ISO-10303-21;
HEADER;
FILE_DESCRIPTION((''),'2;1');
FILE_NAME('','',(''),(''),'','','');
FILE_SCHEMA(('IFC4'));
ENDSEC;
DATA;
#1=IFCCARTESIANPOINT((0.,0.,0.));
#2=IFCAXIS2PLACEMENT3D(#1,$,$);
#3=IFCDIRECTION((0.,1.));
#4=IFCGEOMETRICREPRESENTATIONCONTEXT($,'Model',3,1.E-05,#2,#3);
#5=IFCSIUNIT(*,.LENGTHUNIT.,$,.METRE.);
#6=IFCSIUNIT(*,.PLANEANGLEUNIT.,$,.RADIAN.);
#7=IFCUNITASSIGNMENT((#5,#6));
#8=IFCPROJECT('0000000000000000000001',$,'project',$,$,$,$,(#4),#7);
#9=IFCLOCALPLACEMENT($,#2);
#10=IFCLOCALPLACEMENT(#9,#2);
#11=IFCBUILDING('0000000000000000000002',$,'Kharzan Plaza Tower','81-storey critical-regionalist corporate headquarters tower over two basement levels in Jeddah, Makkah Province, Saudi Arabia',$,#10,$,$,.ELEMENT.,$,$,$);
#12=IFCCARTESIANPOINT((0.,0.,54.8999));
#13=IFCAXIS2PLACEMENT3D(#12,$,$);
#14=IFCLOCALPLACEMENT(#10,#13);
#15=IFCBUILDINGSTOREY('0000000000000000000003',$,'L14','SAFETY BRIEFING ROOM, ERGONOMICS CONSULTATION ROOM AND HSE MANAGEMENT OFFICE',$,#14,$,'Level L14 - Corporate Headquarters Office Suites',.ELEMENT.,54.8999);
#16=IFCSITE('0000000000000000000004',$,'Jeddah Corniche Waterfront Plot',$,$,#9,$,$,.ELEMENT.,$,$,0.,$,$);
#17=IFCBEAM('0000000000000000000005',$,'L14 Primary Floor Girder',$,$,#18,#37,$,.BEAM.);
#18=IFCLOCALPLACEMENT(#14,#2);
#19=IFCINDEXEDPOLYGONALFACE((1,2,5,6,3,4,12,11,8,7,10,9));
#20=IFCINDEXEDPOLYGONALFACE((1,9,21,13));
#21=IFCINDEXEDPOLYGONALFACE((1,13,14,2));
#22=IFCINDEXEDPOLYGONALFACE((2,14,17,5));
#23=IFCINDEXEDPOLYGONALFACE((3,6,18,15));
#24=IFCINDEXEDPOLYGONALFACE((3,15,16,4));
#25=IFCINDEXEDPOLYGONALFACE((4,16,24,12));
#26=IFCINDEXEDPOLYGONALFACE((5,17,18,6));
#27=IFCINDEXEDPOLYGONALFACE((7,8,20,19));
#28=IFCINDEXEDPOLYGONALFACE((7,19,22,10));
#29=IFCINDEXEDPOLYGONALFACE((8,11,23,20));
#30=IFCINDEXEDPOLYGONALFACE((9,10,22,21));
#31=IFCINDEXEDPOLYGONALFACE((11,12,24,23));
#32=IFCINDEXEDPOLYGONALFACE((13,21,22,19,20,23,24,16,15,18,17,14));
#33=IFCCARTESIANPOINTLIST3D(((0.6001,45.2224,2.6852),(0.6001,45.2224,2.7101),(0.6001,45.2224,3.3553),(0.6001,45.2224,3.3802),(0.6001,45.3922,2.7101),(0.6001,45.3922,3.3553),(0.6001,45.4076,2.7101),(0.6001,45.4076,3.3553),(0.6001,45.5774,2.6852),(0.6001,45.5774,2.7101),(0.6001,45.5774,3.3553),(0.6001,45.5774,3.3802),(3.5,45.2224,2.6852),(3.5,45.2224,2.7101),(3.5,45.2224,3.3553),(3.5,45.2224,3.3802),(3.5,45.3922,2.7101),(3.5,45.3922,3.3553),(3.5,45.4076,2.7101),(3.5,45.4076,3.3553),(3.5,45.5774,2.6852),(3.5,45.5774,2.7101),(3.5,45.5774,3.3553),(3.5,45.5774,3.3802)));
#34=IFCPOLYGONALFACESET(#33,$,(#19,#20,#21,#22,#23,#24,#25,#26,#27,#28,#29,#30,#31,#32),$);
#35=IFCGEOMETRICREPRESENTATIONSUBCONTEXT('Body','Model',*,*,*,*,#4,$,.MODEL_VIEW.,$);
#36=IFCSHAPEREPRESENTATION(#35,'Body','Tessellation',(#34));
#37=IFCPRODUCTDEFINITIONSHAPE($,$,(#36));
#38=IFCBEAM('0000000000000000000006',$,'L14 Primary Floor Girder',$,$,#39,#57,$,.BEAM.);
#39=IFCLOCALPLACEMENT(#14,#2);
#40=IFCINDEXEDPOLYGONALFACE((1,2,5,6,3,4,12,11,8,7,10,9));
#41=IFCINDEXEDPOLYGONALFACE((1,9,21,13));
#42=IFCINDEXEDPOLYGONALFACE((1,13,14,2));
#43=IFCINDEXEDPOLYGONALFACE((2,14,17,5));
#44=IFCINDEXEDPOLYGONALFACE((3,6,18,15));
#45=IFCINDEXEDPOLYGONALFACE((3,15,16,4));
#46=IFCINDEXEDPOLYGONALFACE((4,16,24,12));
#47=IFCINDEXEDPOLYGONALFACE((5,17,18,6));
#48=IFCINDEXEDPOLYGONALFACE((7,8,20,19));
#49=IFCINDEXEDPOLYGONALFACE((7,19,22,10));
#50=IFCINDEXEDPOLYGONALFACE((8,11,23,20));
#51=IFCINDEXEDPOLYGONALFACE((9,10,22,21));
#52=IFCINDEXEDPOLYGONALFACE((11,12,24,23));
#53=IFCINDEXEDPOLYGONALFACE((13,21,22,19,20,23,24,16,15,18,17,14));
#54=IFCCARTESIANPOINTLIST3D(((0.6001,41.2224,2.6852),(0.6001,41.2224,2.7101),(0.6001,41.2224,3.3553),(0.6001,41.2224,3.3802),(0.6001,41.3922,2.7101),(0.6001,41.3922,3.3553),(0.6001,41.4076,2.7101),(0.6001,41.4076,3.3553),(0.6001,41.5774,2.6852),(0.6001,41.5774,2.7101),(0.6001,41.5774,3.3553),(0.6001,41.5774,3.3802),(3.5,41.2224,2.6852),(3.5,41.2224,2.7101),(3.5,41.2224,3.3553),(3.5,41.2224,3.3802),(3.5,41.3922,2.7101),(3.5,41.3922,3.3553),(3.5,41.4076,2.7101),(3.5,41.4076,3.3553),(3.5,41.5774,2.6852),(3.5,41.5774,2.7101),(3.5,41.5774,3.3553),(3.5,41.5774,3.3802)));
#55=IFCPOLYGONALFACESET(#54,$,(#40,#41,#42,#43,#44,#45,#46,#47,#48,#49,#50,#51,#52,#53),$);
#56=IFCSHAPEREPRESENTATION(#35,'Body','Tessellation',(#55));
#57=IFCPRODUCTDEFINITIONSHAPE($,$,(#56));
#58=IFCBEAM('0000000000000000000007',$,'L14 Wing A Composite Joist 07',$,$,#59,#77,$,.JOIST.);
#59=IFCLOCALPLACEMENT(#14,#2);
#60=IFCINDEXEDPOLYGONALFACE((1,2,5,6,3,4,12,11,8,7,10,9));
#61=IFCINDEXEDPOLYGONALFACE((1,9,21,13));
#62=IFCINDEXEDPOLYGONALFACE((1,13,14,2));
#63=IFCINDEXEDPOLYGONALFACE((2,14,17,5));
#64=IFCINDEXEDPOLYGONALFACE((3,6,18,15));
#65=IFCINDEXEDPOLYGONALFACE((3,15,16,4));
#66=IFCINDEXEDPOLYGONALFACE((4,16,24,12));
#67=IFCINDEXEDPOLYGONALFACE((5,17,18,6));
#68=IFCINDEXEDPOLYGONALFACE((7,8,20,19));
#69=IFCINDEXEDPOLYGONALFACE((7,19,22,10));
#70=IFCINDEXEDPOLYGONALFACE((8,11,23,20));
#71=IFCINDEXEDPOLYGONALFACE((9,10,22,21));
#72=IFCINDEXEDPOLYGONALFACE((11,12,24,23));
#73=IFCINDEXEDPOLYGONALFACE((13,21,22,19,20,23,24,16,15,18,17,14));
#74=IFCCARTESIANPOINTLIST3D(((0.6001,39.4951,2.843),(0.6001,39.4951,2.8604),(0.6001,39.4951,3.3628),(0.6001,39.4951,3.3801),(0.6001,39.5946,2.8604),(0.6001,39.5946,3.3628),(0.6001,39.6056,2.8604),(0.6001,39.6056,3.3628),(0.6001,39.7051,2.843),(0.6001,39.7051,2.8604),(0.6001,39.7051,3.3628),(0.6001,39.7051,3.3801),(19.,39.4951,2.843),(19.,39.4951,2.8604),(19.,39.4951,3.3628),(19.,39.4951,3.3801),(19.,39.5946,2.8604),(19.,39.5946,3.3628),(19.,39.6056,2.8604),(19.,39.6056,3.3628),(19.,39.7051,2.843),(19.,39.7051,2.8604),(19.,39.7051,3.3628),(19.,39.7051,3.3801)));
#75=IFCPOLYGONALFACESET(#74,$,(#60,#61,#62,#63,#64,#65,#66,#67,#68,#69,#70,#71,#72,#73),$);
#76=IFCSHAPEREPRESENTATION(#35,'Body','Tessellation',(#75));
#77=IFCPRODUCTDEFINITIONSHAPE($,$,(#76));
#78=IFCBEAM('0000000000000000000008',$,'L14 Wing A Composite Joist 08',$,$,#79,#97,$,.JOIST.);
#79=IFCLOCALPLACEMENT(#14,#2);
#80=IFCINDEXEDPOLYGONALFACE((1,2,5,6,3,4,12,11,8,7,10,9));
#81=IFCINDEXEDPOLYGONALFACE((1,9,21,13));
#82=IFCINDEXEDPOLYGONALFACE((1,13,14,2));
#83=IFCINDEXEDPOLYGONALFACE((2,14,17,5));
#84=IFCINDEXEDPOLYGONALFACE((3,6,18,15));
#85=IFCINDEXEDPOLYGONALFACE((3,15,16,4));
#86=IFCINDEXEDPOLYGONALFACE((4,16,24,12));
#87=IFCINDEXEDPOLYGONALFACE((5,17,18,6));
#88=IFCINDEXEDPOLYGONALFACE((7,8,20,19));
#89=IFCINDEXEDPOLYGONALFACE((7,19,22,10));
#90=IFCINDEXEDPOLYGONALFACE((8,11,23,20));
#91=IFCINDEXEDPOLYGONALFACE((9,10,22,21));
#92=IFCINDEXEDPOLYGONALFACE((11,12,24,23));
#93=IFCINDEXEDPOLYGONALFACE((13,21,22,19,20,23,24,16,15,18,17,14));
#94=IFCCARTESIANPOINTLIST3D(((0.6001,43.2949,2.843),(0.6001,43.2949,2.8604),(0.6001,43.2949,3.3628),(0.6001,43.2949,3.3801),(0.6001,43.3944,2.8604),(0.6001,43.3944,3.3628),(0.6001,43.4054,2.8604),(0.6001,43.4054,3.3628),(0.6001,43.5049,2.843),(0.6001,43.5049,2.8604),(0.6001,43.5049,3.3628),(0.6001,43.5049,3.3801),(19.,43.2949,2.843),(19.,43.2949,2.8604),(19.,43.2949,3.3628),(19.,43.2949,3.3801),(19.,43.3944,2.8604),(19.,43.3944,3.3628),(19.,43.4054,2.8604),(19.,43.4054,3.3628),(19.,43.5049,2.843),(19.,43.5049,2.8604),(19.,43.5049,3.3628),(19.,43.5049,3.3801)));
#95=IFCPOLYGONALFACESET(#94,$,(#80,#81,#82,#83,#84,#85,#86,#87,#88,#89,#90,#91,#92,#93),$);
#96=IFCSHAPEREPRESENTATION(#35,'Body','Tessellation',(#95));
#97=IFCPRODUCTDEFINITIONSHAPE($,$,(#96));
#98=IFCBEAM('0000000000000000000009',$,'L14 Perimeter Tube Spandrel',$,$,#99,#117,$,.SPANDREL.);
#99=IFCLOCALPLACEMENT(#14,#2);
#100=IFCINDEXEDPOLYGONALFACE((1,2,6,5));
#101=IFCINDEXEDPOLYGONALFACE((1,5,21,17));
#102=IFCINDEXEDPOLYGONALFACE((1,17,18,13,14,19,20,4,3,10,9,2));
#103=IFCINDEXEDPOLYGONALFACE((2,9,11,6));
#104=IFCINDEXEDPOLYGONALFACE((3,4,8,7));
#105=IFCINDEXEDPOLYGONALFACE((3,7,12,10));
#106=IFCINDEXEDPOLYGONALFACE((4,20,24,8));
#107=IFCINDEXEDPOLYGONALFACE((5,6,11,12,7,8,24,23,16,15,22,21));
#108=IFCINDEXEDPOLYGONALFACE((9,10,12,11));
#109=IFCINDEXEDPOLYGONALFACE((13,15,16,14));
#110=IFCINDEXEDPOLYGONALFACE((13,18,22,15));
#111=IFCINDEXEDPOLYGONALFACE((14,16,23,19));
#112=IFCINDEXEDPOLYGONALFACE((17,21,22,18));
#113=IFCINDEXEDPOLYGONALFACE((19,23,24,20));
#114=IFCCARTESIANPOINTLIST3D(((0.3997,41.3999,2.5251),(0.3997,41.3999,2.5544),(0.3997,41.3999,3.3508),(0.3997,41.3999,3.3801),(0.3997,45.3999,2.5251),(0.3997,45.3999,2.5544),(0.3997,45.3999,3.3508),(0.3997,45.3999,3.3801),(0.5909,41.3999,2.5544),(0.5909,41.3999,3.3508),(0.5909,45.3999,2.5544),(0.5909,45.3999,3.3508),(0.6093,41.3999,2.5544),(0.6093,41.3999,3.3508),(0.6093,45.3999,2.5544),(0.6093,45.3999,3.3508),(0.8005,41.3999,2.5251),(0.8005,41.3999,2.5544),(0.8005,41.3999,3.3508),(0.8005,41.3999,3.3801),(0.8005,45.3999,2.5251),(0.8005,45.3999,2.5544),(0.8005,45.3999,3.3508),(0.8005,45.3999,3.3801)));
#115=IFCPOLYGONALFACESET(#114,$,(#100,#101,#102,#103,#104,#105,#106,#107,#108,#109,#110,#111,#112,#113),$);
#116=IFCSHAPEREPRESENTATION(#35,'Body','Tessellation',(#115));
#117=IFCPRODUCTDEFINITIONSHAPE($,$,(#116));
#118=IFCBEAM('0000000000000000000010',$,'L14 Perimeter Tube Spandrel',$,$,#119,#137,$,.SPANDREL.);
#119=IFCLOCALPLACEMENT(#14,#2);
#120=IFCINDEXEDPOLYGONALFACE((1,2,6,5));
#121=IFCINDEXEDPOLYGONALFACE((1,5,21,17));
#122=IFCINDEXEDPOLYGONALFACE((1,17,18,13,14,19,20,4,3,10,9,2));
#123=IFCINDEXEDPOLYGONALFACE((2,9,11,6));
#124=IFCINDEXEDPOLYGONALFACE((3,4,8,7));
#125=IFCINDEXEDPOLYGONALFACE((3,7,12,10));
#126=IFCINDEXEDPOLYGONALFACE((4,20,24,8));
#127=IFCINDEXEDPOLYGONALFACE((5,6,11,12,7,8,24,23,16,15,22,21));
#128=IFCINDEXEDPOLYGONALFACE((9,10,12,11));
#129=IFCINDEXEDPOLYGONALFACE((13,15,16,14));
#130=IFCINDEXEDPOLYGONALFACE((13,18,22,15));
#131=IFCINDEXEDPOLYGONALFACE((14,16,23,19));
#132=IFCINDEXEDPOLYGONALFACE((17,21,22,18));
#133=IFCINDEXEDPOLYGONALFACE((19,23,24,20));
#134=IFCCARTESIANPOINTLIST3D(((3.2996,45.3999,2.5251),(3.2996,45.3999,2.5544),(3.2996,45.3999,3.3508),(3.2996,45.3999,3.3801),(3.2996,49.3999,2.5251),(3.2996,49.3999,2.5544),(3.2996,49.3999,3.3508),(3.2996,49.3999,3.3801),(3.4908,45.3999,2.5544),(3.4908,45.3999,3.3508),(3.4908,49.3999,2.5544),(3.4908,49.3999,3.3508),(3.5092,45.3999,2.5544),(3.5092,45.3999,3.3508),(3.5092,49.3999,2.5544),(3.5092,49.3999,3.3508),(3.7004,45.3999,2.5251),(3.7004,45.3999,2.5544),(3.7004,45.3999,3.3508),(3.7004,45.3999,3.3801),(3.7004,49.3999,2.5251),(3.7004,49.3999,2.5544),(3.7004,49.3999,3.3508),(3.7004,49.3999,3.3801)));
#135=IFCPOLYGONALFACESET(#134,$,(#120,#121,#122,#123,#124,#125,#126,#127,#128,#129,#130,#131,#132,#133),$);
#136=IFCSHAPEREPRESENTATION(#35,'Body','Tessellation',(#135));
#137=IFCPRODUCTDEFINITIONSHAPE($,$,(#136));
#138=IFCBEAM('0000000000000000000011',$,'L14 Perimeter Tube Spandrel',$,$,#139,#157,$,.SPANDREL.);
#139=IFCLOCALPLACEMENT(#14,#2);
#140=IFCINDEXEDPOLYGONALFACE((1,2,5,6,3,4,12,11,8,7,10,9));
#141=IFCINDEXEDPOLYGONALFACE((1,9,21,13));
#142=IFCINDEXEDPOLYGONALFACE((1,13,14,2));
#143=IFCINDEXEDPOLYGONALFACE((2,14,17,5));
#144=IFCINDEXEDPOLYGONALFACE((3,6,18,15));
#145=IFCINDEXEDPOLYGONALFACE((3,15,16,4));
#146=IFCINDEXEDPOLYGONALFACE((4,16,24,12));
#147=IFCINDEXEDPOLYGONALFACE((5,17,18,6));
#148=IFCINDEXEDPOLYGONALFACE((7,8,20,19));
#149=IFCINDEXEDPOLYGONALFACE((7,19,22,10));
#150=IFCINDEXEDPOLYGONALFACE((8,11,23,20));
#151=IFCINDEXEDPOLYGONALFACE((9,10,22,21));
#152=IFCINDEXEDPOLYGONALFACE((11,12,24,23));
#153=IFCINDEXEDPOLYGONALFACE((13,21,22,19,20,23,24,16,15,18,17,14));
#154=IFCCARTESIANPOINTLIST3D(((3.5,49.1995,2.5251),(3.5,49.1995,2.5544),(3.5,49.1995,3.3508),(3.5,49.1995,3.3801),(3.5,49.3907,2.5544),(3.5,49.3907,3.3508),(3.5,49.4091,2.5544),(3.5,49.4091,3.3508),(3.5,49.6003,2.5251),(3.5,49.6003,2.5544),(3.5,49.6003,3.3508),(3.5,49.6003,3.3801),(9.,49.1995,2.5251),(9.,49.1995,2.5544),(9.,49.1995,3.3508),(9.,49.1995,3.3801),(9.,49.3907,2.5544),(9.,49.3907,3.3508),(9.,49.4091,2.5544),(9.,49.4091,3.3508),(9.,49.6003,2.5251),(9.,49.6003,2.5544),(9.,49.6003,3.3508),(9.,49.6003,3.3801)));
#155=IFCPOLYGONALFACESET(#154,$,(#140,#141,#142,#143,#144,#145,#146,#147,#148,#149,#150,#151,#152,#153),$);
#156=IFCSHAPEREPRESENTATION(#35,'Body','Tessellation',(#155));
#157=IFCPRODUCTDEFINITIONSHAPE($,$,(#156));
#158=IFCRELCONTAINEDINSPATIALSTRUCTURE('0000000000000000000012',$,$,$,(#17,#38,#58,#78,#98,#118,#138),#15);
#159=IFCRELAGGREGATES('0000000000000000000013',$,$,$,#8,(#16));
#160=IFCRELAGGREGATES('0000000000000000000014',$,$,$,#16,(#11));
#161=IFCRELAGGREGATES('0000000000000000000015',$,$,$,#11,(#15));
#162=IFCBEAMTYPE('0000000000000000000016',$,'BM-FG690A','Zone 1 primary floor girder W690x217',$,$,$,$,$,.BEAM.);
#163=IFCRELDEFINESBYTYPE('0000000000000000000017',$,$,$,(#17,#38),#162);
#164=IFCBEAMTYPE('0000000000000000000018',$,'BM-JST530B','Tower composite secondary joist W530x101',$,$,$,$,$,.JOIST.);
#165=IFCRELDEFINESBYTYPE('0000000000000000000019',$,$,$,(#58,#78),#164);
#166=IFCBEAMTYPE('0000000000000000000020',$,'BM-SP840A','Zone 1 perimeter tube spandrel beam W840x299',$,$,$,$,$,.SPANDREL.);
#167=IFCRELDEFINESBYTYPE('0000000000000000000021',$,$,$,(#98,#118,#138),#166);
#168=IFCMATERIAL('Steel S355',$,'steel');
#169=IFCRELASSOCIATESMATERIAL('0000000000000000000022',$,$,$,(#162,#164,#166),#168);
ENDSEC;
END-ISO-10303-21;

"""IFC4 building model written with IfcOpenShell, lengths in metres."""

from ifc_helpers import new_model, si_unit, direction, frame, origin, origin_2d, place, context, subcontext, project, spatial, i_section, extrude, source, transform, mapped, material, material_profile, profile_set, type_object, element, save


model = new_model("IFC4")

# Units and contexts
model_context = context("Model", 3, precision=1e-05, world=origin(), true_north=direction((0.0, 1.0)))
body_context = subcontext(model_context, "Body", "Model", "MODEL_VIEW")
ifc_project = project(units=[si_unit("LENGTHUNIT", "METRE"), si_unit("PLANEANGLEUNIT", "RADIAN")], contexts=[model_context])

# Site, building, storey
site_placement = place(None, origin())
site = spatial("IfcSite", under=ifc_project, at=site_placement, Name="Jeddah Corniche Waterfront Plot", CompositionType="ELEMENT", RefElevation=0.0)
building_placement = place(site_placement, origin())
building = spatial("IfcBuilding", under=site, at=building_placement, Name="Kharzan Plaza Tower", Description="81-storey critical-regionalist corporate headquarters tower over two basement levels in Jeddah, Makkah Province, Saudi Arabia", CompositionType="ELEMENT")
storey_placement = place(building_placement, frame((0.0, 0.0, 54.8999)))
storey = spatial("IfcBuildingStorey", under=building, at=storey_placement, Name="L14", Description="SAFETY BRIEFING ROOM, ERGONOMICS CONSULTATION ROOM AND HSE MANAGEMENT OFFICE", LongName="Level L14 - Corporate Headquarters Office Suites", CompositionType="ELEMENT", Elevation=54.8999)

# Beams
ifc_material_1 = material(Name="Steel S355", Category="steel")
ifc_material_profile_1 = material_profile(ifc_material_1, i_section(OverallWidth=0.355, OverallDepth=0.6951, WebThickness=0.0154, FlangeThickness=0.0249, at=origin_2d()), Name="W690x217")
ifc_profile_set_1 = profile_set([ifc_material_profile_1], Name="Steel S355")
beam_type_1 = type_object("IfcBeamType", Name="BM-FG690A", Description="Zone 1 primary floor girder W690x217", PredefinedType="BEAM", material=ifc_profile_set_1)
shared_shape_1 = source(origin(), body_context, "Body", "SweptSolid", [
    extrude(i_section(OverallWidth=0.355, OverallDepth=0.6951, WebThickness=0.0154, FlangeThickness=0.0249, at=origin_2d()), origin(), (0.0, 0.0, 1.0), 2.8999),
])
for number, where, z_axis, x_axis, name in (
    (1, (0.6001, 45.3999, 3.0327), (1.0, 0.0, 0.0), (0.0, 1.0, 0.0), "L14 Primary Floor Girder"),
    (2, (0.6001, 41.3999, 3.0327), (1.0, 0.0, 0.0), (0.0, 1.0, 0.0), "L14 Primary Floor Girder"),
):
    element("IfcBeam", number, at=place(storey_placement, frame(where, z_axis=z_axis, x_axis=x_axis)), inside=storey, type_object=beam_type_1, Name=name, PredefinedType="BEAM", context=body_context, shape_type="MappedRepresentation", body=[
        mapped(shared_shape_1, transform((0.0, 0.0, 0.0), x_axis=(1.0, 0.0, 0.0), y_axis=(0.0, 1.0, 0.0), z_axis=(0.0, 0.0, 1.0))),
    ])
ifc_material_profile_2 = material_profile(ifc_material_1, i_section(OverallWidth=0.21, OverallDepth=0.5371, WebThickness=0.011, FlangeThickness=0.0173, at=origin_2d()), Name="W530x101")
ifc_profile_set_2 = profile_set([ifc_material_profile_2], Name="Steel S355")
beam_type_2 = type_object("IfcBeamType", Name="BM-JST530B", Description="Tower composite secondary joist W530x101", PredefinedType="JOIST", material=ifc_profile_set_2)
shared_shape_2 = source(origin(), body_context, "Body", "SweptSolid", [
    extrude(i_section(OverallWidth=0.21, OverallDepth=0.5371, WebThickness=0.011, FlangeThickness=0.0173, at=origin_2d()), origin(), (0.0, 0.0, 1.0), 18.3999),
])
for number, where, z_axis, x_axis, name in (
    (3, (0.6001, 39.6001, 3.1116), (1.0, 0.0, 0.0), (0.0, 1.0, 0.0), "L14 Wing A Composite Joist 07"),
    (4, (0.6001, 43.3999, 3.1116), (1.0, 0.0, 0.0), (0.0, 1.0, 0.0), "L14 Wing A Composite Joist 08"),
):
    element("IfcBeam", number, at=place(storey_placement, frame(where, z_axis=z_axis, x_axis=x_axis)), inside=storey, type_object=beam_type_2, Name=name, PredefinedType="JOIST", context=body_context, shape_type="MappedRepresentation", body=[
        mapped(shared_shape_2, transform((0.0, 0.0, 0.0), x_axis=(1.0, 0.0, 0.0), y_axis=(0.0, 1.0, 0.0), z_axis=(0.0, 0.0, 1.0))),
    ])
ifc_material_profile_3 = material_profile(ifc_material_1, i_section(OverallWidth=0.4009, OverallDepth=0.855, WebThickness=0.0183, FlangeThickness=0.0293, at=origin_2d()), Name="W840x299")
ifc_profile_set_3 = profile_set([ifc_material_profile_3], Name="Steel S355")
beam_type_3 = type_object("IfcBeamType", Name="BM-SP840A", Description="Zone 1 perimeter tube spandrel beam W840x299", PredefinedType="SPANDREL", material=ifc_profile_set_3)
shared_shape_3 = source(origin(), body_context, "Body", "SweptSolid", [
    extrude(i_section(OverallWidth=0.4009, OverallDepth=0.855, WebThickness=0.0183, FlangeThickness=0.0293, at=origin_2d()), origin(), (0.0, 0.0, 1.0), 4.0),
])
for number, where, z_axis, x_axis, name in (
    (5, (0.6001, 41.3999, 2.9526), (0.0, 1.0, 0.0), (-1.0, 0.0, 0.0), "L14 Perimeter Tube Spandrel"),
    (6, (3.5, 45.3999, 2.9526), (0.0, 1.0, 0.0), (-1.0, 0.0, 0.0), "L14 Perimeter Tube Spandrel"),
):
    element("IfcBeam", number, at=place(storey_placement, frame(where, z_axis=z_axis, x_axis=x_axis)), inside=storey, type_object=beam_type_3, Name=name, PredefinedType="SPANDREL", context=body_context, shape_type="MappedRepresentation", body=[
        mapped(shared_shape_3, transform((0.0, 0.0, 0.0), x_axis=(1.0, 0.0, 0.0), y_axis=(0.0, 1.0, 0.0), z_axis=(0.0, 0.0, 1.0))),
    ])
shared_shape_4 = source(origin(), body_context, "Body", "SweptSolid", [
    extrude(i_section(OverallWidth=0.4009, OverallDepth=0.855, WebThickness=0.0183, FlangeThickness=0.0293, at=origin_2d()), origin(), (0.0, 0.0, 1.0), 5.5),
])
beam_1_placement = place(storey_placement, frame((3.5, 49.3999, 2.9526), z_axis=(1.0, 0.0, 0.0), x_axis=(0.0, 1.0, 0.0)))
element("IfcBeam", 7, at=beam_1_placement, inside=storey, type_object=beam_type_3, Name="L14 Perimeter Tube Spandrel", PredefinedType="SPANDREL", context=body_context, shape_type="MappedRepresentation", body=[
    mapped(shared_shape_4, transform((0.0, 0.0, 0.0), x_axis=(1.0, 0.0, 0.0), y_axis=(0.0, 1.0, 0.0), z_axis=(0.0, 0.0, 1.0))),
])

save(model, "model.ifc")
